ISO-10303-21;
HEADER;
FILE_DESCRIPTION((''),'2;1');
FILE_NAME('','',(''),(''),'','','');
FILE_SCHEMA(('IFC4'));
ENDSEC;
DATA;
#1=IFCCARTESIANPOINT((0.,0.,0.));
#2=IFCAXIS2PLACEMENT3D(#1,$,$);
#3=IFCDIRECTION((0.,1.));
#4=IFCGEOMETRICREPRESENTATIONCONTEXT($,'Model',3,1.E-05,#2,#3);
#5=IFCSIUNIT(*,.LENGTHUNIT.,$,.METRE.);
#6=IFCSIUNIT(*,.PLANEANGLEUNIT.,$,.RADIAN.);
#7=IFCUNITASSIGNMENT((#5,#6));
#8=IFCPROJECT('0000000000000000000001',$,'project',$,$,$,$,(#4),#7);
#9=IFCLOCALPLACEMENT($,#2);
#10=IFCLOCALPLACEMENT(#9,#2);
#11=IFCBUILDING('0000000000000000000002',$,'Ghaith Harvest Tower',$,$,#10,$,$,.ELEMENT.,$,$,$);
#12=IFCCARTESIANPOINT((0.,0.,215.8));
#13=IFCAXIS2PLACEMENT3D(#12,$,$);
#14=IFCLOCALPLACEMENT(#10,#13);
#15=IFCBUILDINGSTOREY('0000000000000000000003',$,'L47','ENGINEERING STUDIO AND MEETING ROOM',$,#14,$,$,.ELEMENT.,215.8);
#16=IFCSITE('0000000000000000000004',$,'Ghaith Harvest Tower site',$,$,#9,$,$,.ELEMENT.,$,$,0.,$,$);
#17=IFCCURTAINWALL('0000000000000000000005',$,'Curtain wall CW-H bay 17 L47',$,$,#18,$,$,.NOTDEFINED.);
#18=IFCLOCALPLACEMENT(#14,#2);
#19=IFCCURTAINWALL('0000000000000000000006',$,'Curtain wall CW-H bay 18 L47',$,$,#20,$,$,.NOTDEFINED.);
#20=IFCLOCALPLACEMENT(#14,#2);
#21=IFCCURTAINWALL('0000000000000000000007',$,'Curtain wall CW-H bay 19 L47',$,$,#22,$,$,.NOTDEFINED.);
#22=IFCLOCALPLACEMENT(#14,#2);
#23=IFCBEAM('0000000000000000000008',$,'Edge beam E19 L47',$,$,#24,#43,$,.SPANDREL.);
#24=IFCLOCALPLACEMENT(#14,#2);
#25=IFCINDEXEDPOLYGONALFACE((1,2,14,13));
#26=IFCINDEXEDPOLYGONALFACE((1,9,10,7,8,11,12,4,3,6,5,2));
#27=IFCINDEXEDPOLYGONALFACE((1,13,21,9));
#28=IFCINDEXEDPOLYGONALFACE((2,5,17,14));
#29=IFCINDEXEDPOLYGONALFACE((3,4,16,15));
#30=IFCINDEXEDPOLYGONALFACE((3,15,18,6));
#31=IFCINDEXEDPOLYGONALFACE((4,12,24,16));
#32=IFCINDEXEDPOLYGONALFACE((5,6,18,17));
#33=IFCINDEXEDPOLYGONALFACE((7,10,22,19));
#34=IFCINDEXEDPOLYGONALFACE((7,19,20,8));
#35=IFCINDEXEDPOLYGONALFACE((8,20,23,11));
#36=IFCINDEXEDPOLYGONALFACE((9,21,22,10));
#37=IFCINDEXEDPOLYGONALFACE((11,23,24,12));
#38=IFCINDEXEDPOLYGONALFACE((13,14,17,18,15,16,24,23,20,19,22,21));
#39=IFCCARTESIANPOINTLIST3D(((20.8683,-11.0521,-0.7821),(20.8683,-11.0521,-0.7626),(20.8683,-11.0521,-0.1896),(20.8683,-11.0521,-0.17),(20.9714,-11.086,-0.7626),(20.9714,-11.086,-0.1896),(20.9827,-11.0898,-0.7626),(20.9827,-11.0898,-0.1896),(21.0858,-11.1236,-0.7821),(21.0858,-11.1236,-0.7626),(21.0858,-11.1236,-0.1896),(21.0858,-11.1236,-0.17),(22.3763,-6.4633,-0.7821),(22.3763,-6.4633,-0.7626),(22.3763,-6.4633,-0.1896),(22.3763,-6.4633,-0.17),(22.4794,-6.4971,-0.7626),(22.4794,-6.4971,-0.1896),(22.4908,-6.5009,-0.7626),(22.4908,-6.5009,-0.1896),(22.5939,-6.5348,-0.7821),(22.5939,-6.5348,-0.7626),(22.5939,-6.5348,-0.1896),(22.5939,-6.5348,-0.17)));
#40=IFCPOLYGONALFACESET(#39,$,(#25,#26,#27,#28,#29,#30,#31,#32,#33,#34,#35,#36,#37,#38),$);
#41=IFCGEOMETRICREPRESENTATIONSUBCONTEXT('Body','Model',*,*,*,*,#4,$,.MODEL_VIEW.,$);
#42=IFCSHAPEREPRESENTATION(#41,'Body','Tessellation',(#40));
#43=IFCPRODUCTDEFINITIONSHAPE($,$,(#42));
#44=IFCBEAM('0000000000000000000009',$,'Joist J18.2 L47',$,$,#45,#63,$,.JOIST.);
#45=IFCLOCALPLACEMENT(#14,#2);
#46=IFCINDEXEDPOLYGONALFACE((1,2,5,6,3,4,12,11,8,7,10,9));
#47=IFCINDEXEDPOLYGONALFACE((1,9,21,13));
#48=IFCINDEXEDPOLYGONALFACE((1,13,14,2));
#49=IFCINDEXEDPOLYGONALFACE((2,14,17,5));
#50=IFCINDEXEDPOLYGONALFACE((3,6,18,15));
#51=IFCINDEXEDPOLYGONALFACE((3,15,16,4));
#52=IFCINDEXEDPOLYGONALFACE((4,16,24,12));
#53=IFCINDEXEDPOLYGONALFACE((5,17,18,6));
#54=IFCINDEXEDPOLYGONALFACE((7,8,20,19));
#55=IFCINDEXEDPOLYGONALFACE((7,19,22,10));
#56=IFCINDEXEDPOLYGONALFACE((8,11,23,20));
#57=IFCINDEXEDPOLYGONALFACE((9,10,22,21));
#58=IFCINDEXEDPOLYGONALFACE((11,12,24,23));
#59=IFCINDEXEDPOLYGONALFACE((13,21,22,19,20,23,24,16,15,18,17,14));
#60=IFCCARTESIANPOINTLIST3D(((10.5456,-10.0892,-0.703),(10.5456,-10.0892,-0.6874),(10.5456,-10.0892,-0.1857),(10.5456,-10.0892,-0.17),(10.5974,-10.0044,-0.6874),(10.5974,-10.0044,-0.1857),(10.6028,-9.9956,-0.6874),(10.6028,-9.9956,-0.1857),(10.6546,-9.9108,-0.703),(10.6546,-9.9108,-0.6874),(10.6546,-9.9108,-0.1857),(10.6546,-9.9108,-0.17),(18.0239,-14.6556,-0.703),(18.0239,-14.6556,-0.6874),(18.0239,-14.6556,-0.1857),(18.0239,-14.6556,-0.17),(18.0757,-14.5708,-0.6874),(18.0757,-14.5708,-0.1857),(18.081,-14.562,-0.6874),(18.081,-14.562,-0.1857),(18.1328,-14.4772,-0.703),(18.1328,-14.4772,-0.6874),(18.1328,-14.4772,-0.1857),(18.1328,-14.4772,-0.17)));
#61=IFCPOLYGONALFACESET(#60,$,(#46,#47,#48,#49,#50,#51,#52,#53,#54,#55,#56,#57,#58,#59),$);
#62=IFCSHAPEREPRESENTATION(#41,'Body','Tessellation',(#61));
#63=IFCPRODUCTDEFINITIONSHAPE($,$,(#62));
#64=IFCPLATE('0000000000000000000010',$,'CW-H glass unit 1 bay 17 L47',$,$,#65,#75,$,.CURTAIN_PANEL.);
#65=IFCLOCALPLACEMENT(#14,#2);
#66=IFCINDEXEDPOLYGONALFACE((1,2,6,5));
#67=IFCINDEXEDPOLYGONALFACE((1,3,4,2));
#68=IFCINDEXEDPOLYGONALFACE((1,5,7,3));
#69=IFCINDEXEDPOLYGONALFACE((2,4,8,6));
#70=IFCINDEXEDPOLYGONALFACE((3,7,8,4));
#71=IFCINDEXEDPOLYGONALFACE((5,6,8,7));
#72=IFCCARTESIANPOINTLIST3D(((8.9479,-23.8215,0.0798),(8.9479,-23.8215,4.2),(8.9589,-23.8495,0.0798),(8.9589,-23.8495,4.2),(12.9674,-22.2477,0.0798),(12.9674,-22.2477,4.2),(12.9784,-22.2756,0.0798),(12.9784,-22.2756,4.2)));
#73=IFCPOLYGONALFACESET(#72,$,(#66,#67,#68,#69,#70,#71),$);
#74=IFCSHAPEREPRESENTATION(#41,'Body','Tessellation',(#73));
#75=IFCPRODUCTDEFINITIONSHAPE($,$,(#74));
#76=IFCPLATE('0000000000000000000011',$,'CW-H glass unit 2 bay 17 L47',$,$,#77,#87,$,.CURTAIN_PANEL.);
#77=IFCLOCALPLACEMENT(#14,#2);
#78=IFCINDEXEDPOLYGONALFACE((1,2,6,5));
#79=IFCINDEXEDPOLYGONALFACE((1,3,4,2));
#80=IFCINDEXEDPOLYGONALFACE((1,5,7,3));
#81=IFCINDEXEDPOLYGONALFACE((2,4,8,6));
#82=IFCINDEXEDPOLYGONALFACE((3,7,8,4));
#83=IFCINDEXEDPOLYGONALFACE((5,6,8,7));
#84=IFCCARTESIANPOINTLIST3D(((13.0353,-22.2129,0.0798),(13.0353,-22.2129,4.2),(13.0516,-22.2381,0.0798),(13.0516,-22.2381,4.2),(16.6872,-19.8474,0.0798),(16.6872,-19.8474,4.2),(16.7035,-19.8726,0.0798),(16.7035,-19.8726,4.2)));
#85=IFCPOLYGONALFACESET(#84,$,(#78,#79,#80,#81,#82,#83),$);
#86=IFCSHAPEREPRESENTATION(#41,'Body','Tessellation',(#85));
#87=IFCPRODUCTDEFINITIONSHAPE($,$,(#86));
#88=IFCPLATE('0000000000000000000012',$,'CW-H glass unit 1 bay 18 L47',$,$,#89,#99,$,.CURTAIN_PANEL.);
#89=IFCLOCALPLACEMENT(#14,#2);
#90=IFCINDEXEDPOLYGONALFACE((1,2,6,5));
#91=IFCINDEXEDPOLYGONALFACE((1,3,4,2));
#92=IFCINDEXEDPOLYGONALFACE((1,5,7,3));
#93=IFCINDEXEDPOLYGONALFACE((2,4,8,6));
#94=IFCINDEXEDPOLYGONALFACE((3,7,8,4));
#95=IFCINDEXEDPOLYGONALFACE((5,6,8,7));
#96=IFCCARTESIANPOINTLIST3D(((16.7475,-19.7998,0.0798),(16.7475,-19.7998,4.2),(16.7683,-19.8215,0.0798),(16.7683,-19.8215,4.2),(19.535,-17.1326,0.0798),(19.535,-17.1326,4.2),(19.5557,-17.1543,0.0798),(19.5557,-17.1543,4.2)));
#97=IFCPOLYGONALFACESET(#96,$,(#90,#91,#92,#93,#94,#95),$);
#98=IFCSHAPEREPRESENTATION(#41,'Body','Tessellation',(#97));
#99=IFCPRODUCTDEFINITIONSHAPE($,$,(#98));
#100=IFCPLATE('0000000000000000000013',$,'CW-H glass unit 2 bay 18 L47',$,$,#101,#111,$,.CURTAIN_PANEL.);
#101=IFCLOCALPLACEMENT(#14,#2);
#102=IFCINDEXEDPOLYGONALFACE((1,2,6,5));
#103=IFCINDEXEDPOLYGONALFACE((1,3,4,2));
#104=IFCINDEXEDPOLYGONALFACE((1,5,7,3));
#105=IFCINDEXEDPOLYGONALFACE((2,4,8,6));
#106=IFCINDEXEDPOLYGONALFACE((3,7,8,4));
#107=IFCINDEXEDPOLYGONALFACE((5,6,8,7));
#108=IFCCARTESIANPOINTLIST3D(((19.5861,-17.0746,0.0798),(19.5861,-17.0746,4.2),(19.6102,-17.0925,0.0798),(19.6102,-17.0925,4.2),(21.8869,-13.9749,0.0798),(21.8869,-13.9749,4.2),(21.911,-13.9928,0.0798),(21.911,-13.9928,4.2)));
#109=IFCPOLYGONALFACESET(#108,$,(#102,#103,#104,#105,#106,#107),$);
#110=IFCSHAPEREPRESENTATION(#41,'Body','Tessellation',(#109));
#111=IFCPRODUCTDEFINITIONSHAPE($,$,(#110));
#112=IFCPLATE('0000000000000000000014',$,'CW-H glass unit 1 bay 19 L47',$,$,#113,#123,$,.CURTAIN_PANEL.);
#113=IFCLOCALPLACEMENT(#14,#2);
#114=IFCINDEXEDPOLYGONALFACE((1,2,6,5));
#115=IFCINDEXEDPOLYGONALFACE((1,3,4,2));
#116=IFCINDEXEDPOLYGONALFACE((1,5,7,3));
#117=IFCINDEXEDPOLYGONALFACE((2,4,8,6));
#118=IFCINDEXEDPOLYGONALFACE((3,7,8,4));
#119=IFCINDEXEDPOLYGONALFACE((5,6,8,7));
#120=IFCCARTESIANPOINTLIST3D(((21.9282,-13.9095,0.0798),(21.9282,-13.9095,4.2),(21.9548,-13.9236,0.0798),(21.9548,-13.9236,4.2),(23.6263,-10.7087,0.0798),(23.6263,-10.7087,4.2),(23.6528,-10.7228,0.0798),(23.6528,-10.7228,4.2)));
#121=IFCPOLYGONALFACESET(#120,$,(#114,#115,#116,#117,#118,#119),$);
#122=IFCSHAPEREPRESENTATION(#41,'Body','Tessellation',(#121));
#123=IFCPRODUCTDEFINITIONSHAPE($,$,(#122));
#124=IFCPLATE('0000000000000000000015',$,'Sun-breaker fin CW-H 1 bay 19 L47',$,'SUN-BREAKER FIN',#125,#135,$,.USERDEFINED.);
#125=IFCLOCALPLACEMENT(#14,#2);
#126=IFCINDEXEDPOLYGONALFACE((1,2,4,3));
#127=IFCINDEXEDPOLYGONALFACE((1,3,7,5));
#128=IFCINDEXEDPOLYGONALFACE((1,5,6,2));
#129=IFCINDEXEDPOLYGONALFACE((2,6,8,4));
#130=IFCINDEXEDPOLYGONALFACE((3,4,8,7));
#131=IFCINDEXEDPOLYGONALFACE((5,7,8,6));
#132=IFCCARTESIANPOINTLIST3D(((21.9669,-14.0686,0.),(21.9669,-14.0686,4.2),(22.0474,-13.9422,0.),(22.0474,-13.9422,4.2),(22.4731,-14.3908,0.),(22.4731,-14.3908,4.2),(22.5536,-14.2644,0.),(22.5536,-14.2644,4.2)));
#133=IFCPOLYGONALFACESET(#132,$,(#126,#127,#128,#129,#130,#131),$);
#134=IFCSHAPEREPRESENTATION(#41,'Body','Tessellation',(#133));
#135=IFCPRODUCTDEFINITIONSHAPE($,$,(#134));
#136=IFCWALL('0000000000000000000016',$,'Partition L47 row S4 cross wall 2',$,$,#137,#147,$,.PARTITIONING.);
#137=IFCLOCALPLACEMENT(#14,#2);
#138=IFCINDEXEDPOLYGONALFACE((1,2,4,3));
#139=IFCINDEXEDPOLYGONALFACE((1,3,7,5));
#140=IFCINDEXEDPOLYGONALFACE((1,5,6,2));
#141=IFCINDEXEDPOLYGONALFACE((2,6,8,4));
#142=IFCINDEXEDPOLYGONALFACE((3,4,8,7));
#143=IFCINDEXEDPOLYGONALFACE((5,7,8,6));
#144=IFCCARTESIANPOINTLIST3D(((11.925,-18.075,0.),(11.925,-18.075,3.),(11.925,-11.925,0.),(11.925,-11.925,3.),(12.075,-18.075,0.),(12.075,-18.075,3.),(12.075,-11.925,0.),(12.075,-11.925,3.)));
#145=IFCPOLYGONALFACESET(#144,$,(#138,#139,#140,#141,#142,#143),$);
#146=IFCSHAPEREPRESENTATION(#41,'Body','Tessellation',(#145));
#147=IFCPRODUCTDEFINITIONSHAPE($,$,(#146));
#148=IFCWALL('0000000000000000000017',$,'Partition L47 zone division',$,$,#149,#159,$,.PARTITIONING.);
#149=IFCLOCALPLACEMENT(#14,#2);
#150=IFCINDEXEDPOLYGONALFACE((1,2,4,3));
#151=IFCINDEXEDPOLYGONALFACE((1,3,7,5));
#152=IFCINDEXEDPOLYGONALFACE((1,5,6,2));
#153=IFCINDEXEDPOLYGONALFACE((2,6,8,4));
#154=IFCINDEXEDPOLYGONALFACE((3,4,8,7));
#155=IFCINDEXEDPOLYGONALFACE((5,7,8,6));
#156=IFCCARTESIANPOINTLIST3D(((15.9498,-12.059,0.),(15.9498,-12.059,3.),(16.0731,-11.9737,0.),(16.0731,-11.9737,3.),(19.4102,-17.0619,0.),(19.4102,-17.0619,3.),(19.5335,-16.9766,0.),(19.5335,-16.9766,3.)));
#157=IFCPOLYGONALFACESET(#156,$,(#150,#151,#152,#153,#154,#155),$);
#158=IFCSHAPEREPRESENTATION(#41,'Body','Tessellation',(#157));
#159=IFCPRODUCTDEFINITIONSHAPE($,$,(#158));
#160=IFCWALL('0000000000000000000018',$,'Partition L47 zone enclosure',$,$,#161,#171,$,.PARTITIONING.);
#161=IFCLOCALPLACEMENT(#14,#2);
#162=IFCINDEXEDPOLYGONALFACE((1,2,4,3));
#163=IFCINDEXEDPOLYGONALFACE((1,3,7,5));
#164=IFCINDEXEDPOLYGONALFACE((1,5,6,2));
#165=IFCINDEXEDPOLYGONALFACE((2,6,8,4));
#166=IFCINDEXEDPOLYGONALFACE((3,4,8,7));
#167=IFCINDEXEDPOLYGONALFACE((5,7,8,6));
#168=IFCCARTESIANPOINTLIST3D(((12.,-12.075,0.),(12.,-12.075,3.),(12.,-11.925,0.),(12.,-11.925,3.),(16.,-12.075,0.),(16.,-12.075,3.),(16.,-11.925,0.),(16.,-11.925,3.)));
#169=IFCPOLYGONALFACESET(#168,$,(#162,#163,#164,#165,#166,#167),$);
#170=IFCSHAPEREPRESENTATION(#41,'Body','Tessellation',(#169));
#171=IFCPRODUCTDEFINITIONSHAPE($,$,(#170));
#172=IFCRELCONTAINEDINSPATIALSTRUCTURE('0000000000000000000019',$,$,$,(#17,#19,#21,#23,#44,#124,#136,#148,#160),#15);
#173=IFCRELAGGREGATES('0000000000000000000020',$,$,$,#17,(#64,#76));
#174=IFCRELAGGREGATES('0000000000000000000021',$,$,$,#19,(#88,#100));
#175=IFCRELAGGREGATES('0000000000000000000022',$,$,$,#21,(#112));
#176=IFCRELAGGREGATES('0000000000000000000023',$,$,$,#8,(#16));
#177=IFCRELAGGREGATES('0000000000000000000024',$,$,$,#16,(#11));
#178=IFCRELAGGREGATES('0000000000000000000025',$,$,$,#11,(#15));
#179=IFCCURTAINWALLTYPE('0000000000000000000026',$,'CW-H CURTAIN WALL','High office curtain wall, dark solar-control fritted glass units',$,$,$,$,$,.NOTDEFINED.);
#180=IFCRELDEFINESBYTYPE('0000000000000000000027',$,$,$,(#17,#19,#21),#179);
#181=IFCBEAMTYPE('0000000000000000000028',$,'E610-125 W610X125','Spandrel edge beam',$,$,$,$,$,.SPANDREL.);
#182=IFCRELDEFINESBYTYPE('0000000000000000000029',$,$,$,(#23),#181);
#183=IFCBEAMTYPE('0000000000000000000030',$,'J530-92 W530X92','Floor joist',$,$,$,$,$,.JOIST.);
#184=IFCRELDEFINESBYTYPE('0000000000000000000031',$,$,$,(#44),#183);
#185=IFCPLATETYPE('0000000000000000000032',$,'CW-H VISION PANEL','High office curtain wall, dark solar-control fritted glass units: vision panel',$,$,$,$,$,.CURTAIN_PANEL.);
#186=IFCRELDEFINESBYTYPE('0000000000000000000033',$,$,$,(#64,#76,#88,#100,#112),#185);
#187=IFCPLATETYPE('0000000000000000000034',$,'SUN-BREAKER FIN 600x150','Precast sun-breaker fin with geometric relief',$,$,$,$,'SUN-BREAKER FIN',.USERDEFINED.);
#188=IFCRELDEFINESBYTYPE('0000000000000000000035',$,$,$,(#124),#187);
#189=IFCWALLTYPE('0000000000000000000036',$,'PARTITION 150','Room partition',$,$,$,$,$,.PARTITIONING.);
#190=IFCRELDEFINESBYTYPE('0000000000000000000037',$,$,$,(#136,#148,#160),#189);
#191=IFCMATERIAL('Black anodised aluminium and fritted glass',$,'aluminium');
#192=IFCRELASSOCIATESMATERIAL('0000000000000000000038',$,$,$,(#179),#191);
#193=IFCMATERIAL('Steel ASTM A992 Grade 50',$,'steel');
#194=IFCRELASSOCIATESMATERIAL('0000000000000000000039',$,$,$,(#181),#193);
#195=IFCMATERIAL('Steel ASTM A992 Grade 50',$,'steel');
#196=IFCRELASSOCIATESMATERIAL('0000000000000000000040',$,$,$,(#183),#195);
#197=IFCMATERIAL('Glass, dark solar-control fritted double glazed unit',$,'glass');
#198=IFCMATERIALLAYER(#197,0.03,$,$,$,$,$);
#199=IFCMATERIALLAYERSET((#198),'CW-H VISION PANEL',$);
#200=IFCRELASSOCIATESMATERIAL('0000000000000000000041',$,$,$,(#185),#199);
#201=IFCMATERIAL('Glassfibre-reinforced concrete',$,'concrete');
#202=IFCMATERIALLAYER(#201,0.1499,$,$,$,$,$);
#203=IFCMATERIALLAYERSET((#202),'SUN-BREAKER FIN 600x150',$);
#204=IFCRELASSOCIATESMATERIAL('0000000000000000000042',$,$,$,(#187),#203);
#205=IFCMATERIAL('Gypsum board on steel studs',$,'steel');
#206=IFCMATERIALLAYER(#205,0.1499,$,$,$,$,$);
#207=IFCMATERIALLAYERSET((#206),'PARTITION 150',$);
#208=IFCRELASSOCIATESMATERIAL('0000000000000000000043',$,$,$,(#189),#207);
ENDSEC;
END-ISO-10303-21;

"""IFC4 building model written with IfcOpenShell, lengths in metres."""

from ifc_helpers import new_model, si_unit, direction, frame, frame_2d, origin, origin_2d, place, context, subcontext, project, spatial, rectangle, i_section, extrude, material, layer, layer_set, material_profile, profile_set, type_object, element, aggregate, save


model = new_model("IFC4")

# Units and contexts
model_context = context("Model", 3, precision=1e-05, world=origin(), true_north=direction((0.0, 1.0)))
body_context = subcontext(model_context, "Body", "Model", "MODEL_VIEW")
ifc_project = project(units=[si_unit("LENGTHUNIT", "METRE"), si_unit("PLANEANGLEUNIT", "RADIAN")], contexts=[model_context])

# Site, building, storey
site_placement = place(None, origin())
site = spatial("IfcSite", under=ifc_project, at=site_placement, Name="Ghaith Harvest Tower site", CompositionType="ELEMENT", RefElevation=0.0)
building_placement = place(site_placement, origin())
building = spatial("IfcBuilding", under=site, at=building_placement, Name="Ghaith Harvest Tower", CompositionType="ELEMENT")
storey_placement = place(building_placement, frame((0.0, 0.0, 215.8)))
storey = spatial("IfcBuildingStorey", under=building, at=storey_placement, Name="L47", Description="ENGINEERING STUDIO AND MEETING ROOM", CompositionType="ELEMENT", Elevation=215.8)

# Curtain wall
ifc_material_1 = material(Name="Black anodised aluminium and fritted glass", Category="aluminium")
curtain_wall_type = type_object("IfcCurtainWallType", Name="CW-H CURTAIN WALL", Description="High office curtain wall, dark solar-control fritted glass units", PredefinedType="NOTDEFINED", material=ifc_material_1)
curtain_wall_1_placement = place(storey_placement, origin())
curtain_wall_1 = element("IfcCurtainWall", 1, at=curtain_wall_1_placement, inside=storey, type_object=curtain_wall_type, Name="Curtain wall CW-H bay 17 L47", PredefinedType="NOTDEFINED")

# Curtain walls
curtain_wall_2_placement = place(storey_placement, origin())
curtain_wall_2 = element("IfcCurtainWall", 2, at=curtain_wall_2_placement, inside=storey, type_object=curtain_wall_type, Name="Curtain wall CW-H bay 18 L47", PredefinedType="NOTDEFINED")
curtain_wall_3_placement = place(storey_placement, origin())
curtain_wall_3 = element("IfcCurtainWall", 3, at=curtain_wall_3_placement, inside=storey, type_object=curtain_wall_type, Name="Curtain wall CW-H bay 19 L47", PredefinedType="NOTDEFINED")

# Beams
ifc_material_2 = material(Name="Steel ASTM A992 Grade 50", Category="steel")
ifc_material_profile_1 = material_profile(ifc_material_2, i_section(OverallWidth=0.229, OverallDepth=0.6121, WebThickness=0.012, FlangeThickness=0.0195, at=origin_2d()), Name="W610X125")
ifc_profile_set_1 = profile_set([ifc_material_profile_1], Name="Steel ASTM A992 Grade 50")
beam_type_1 = type_object("IfcBeamType", Name="E610-125 W610X125", Description="Spandrel edge beam", PredefinedType="SPANDREL", material=ifc_profile_set_1)
beam_1_placement = place(storey_placement, frame((20.9771, -11.0879, -0.4761), z_axis=(0.312207, 0.950014, 0.0), x_axis=(-0.950014, 0.312207, 0.0)))
element("IfcBeam", 4, at=beam_1_placement, inside=storey, type_object=beam_type_1, Name="Edge beam E19 L47", PredefinedType="SPANDREL", context=body_context, shape_type="SweptSolid", body=[
    extrude(i_section(OverallWidth=0.229, OverallDepth=0.6121, WebThickness=0.012, FlangeThickness=0.0195, at=origin_2d()), origin(), (0.0, 0.0, 1.0), 4.8303),
])
ifc_material_3 = material(Name="Steel ASTM A992 Grade 50", Category="steel")
ifc_material_profile_2 = material_profile(ifc_material_3, i_section(OverallWidth=0.209, OverallDepth=0.533, WebThickness=0.0103, FlangeThickness=0.0156, at=origin_2d()), Name="W530X92")
ifc_profile_set_2 = profile_set([ifc_material_profile_2], Name="Steel ASTM A992 Grade 50")
beam_type_2 = type_object("IfcBeamType", Name="J530-92 W530X92", Description="Floor joist", PredefinedType="JOIST", material=ifc_profile_set_2)
beam_2_placement = place(storey_placement, frame((10.6001, -10.0, -0.4365), z_axis=(0.853467, -0.521147, 0.0), x_axis=(0.521147, 0.853467, 0.0)))
element("IfcBeam", 5, at=beam_2_placement, inside=storey, type_object=beam_type_2, Name="Joist J18.2 L47", PredefinedType="JOIST", context=body_context, shape_type="SweptSolid", body=[
    extrude(i_section(OverallWidth=0.209, OverallDepth=0.533, WebThickness=0.0103, FlangeThickness=0.0156, at=origin_2d()), origin(), (0.0, 0.0, 1.0), 8.7622),
])

# Plates
ifc_material_4 = material(Name="Glass, dark solar-control fritted double glazed unit", Category="glass")
ifc_layer_1 = layer(ifc_material_4, 0.03)
ifc_layer_set_1 = layer_set([ifc_layer_1], Name="CW-H VISION PANEL")
plate_type_1 = type_object("IfcPlateType", Name="CW-H VISION PANEL", Description="High office curtain wall, dark solar-control fritted glass units: vision panel", PredefinedType="CURTAIN_PANEL", material=ifc_layer_set_1)
plate_1_placement = place(storey_placement, frame((10.9631, -23.0486, 0.0798), z_axis=(0.0, 0.0, 1.0), x_axis=(0.931161, 0.364608, 0.0)))
plate_1 = element("IfcPlate", 6, at=plate_1_placement, type_object=plate_type_1, Name="CW-H glass unit 1 bay 17 L47", PredefinedType="CURTAIN_PANEL", context=body_context, shape_type="SweptSolid", body=[
    extrude(rectangle(XDim=4.3167, YDim=0.03, at=origin_2d()), origin(), (0.0, 0.0, 1.0), 4.1201),
])
plate_2_placement = place(storey_placement, frame((14.8694, -21.0427, 0.0798), z_axis=(0.0, 0.0, 1.0), x_axis=(0.839305, 0.54366, 0.0)))
plate_2 = element("IfcPlate", 7, at=plate_2_placement, type_object=plate_type_1, Name="CW-H glass unit 2 bay 17 L47", PredefinedType="CURTAIN_PANEL", context=body_context, shape_type="SweptSolid", body=[
    extrude(rectangle(XDim=4.3511, YDim=0.03, at=origin_2d()), origin(), (0.0, 0.0, 1.0), 4.1201),
])
aggregate(curtain_wall_1, [plate_1, plate_2])
plate_3_placement = place(storey_placement, frame((18.1516, -18.4771, 0.0798), z_axis=(0.0, 0.0, 1.0), x_axis=(0.722533, 0.691337, 0.0)))
plate_3 = element("IfcPlate", 8, at=plate_3_placement, type_object=plate_type_1, Name="CW-H glass unit 1 bay 18 L47", PredefinedType="CURTAIN_PANEL", context=body_context, shape_type="SweptSolid", body=[
    extrude(rectangle(XDim=3.8579, YDim=0.03, at=origin_2d()), origin(), (0.0, 0.0, 1.0), 4.1201),
])
plate_4_placement = place(storey_placement, frame((20.7485, -15.5337, 0.0798), z_axis=(0.0, 0.0, 1.0), x_axis=(0.596019, 0.802971, 0.0)))
plate_4 = element("IfcPlate", 9, at=plate_4_placement, type_object=plate_type_1, Name="CW-H glass unit 2 bay 18 L47", PredefinedType="CURTAIN_PANEL", context=body_context, shape_type="SweptSolid", body=[
    extrude(rectangle(XDim=3.8604, YDim=0.03, at=origin_2d()), origin(), (0.0, 0.0, 1.0), 4.1201),
])
aggregate(curtain_wall_2, [plate_3, plate_4])
plate_5_placement = place(storey_placement, frame((22.7905, -12.3162, 0.0798), z_axis=(0.0, 0.0, 1.0), x_axis=(0.468644, 0.883387, 0.0)))
plate_5 = element("IfcPlate", 10, at=plate_5_placement, type_object=plate_type_1, Name="CW-H glass unit 1 bay 19 L47", PredefinedType="CURTAIN_PANEL", context=body_context, shape_type="SweptSolid", body=[
    extrude(rectangle(XDim=3.6233, YDim=0.03, at=origin_2d()), origin(), (0.0, 0.0, 1.0), 4.1201),
])
aggregate(curtain_wall_3, [plate_5])
ifc_material_5 = material(Name="Glassfibre-reinforced concrete", Category="concrete")
ifc_layer_2 = layer(ifc_material_5, 0.1499)
ifc_layer_set_2 = layer_set([ifc_layer_2], Name="SUN-BREAKER FIN 600x150")
plate_type_2 = type_object("IfcPlateType", Name="SUN-BREAKER FIN 600x150", Description="Precast sun-breaker fin with geometric relief", ElementType="SUN-BREAKER FIN", PredefinedType="USERDEFINED", material=ifc_layer_set_2)
plate_6_placement = place(storey_placement, frame((22.2603, -14.1665, 0.0), z_axis=(0.0, 0.0, 1.0), x_axis=(0.843644, -0.536903, 0.0)))
element("IfcPlate", 11, at=plate_6_placement, inside=storey, type_object=plate_type_2, Name="Sun-breaker fin CW-H 1 bay 19 L47", ObjectType="SUN-BREAKER FIN", PredefinedType="USERDEFINED", context=body_context, shape_type="SweptSolid", body=[
    extrude(rectangle(XDim=0.6001, YDim=0.1499, at=origin_2d()), origin(), (0.0, 0.0, 1.0), 4.2),
])

# Walls
ifc_material_6 = material(Name="Gypsum board on steel studs", Category="steel")
ifc_layer_3 = layer(ifc_material_6, 0.1499)
ifc_layer_set_3 = layer_set([ifc_layer_3], Name="PARTITION 150")
wall_type = type_object("IfcWallType", Name="PARTITION 150", Description="Room partition", PredefinedType="PARTITIONING", material=ifc_layer_set_3)
wall_1_placement = place(storey_placement, frame((12.0, -11.925, 0.0), z_axis=(0.0, 0.0, 1.0), x_axis=(0.0, -1.0, 0.0)))
element("IfcWall", 12, at=wall_1_placement, inside=storey, type_object=wall_type, Name="Partition L47 row S4 cross wall 2", PredefinedType="PARTITIONING", context=body_context, shape_type="SweptSolid", body=[
    extrude(rectangle(XDim=6.1499, YDim=0.1499, at=frame_2d((3.075, 0.0))), origin(), (0.0, 0.0, 1.0), 3.0),
])
wall_2_placement = place(storey_placement, frame((16.0115, -12.0164, 0.0), z_axis=(0.0, 0.0, 1.0), x_axis=(0.568863, -0.822432, 0.0)))
element("IfcWall", 13, at=wall_2_placement, inside=storey, type_object=wall_type, Name="Partition L47 zone division", PredefinedType="PARTITIONING", context=body_context, shape_type="SweptSolid", body=[
    extrude(rectangle(XDim=6.083, YDim=0.1499, at=frame_2d((3.0415, 0.0))), origin(), (0.0, 0.0, 1.0), 3.0),
])

# Wall
wall_3_placement = place(storey_placement, frame((12.0, -12.0, 0.0), z_axis=(0.0, 0.0, 1.0), x_axis=(1.0, 0.0, 0.0)))
element("IfcWall", 14, at=wall_3_placement, inside=storey, type_object=wall_type, Name="Partition L47 zone enclosure", PredefinedType="PARTITIONING", context=body_context, shape_type="SweptSolid", body=[
    extrude(rectangle(XDim=4.0, YDim=0.1499, at=frame_2d((2.0, 0.0))), origin(), (0.0, 0.0, 1.0), 3.0),
])

save(model, "model.ifc")
